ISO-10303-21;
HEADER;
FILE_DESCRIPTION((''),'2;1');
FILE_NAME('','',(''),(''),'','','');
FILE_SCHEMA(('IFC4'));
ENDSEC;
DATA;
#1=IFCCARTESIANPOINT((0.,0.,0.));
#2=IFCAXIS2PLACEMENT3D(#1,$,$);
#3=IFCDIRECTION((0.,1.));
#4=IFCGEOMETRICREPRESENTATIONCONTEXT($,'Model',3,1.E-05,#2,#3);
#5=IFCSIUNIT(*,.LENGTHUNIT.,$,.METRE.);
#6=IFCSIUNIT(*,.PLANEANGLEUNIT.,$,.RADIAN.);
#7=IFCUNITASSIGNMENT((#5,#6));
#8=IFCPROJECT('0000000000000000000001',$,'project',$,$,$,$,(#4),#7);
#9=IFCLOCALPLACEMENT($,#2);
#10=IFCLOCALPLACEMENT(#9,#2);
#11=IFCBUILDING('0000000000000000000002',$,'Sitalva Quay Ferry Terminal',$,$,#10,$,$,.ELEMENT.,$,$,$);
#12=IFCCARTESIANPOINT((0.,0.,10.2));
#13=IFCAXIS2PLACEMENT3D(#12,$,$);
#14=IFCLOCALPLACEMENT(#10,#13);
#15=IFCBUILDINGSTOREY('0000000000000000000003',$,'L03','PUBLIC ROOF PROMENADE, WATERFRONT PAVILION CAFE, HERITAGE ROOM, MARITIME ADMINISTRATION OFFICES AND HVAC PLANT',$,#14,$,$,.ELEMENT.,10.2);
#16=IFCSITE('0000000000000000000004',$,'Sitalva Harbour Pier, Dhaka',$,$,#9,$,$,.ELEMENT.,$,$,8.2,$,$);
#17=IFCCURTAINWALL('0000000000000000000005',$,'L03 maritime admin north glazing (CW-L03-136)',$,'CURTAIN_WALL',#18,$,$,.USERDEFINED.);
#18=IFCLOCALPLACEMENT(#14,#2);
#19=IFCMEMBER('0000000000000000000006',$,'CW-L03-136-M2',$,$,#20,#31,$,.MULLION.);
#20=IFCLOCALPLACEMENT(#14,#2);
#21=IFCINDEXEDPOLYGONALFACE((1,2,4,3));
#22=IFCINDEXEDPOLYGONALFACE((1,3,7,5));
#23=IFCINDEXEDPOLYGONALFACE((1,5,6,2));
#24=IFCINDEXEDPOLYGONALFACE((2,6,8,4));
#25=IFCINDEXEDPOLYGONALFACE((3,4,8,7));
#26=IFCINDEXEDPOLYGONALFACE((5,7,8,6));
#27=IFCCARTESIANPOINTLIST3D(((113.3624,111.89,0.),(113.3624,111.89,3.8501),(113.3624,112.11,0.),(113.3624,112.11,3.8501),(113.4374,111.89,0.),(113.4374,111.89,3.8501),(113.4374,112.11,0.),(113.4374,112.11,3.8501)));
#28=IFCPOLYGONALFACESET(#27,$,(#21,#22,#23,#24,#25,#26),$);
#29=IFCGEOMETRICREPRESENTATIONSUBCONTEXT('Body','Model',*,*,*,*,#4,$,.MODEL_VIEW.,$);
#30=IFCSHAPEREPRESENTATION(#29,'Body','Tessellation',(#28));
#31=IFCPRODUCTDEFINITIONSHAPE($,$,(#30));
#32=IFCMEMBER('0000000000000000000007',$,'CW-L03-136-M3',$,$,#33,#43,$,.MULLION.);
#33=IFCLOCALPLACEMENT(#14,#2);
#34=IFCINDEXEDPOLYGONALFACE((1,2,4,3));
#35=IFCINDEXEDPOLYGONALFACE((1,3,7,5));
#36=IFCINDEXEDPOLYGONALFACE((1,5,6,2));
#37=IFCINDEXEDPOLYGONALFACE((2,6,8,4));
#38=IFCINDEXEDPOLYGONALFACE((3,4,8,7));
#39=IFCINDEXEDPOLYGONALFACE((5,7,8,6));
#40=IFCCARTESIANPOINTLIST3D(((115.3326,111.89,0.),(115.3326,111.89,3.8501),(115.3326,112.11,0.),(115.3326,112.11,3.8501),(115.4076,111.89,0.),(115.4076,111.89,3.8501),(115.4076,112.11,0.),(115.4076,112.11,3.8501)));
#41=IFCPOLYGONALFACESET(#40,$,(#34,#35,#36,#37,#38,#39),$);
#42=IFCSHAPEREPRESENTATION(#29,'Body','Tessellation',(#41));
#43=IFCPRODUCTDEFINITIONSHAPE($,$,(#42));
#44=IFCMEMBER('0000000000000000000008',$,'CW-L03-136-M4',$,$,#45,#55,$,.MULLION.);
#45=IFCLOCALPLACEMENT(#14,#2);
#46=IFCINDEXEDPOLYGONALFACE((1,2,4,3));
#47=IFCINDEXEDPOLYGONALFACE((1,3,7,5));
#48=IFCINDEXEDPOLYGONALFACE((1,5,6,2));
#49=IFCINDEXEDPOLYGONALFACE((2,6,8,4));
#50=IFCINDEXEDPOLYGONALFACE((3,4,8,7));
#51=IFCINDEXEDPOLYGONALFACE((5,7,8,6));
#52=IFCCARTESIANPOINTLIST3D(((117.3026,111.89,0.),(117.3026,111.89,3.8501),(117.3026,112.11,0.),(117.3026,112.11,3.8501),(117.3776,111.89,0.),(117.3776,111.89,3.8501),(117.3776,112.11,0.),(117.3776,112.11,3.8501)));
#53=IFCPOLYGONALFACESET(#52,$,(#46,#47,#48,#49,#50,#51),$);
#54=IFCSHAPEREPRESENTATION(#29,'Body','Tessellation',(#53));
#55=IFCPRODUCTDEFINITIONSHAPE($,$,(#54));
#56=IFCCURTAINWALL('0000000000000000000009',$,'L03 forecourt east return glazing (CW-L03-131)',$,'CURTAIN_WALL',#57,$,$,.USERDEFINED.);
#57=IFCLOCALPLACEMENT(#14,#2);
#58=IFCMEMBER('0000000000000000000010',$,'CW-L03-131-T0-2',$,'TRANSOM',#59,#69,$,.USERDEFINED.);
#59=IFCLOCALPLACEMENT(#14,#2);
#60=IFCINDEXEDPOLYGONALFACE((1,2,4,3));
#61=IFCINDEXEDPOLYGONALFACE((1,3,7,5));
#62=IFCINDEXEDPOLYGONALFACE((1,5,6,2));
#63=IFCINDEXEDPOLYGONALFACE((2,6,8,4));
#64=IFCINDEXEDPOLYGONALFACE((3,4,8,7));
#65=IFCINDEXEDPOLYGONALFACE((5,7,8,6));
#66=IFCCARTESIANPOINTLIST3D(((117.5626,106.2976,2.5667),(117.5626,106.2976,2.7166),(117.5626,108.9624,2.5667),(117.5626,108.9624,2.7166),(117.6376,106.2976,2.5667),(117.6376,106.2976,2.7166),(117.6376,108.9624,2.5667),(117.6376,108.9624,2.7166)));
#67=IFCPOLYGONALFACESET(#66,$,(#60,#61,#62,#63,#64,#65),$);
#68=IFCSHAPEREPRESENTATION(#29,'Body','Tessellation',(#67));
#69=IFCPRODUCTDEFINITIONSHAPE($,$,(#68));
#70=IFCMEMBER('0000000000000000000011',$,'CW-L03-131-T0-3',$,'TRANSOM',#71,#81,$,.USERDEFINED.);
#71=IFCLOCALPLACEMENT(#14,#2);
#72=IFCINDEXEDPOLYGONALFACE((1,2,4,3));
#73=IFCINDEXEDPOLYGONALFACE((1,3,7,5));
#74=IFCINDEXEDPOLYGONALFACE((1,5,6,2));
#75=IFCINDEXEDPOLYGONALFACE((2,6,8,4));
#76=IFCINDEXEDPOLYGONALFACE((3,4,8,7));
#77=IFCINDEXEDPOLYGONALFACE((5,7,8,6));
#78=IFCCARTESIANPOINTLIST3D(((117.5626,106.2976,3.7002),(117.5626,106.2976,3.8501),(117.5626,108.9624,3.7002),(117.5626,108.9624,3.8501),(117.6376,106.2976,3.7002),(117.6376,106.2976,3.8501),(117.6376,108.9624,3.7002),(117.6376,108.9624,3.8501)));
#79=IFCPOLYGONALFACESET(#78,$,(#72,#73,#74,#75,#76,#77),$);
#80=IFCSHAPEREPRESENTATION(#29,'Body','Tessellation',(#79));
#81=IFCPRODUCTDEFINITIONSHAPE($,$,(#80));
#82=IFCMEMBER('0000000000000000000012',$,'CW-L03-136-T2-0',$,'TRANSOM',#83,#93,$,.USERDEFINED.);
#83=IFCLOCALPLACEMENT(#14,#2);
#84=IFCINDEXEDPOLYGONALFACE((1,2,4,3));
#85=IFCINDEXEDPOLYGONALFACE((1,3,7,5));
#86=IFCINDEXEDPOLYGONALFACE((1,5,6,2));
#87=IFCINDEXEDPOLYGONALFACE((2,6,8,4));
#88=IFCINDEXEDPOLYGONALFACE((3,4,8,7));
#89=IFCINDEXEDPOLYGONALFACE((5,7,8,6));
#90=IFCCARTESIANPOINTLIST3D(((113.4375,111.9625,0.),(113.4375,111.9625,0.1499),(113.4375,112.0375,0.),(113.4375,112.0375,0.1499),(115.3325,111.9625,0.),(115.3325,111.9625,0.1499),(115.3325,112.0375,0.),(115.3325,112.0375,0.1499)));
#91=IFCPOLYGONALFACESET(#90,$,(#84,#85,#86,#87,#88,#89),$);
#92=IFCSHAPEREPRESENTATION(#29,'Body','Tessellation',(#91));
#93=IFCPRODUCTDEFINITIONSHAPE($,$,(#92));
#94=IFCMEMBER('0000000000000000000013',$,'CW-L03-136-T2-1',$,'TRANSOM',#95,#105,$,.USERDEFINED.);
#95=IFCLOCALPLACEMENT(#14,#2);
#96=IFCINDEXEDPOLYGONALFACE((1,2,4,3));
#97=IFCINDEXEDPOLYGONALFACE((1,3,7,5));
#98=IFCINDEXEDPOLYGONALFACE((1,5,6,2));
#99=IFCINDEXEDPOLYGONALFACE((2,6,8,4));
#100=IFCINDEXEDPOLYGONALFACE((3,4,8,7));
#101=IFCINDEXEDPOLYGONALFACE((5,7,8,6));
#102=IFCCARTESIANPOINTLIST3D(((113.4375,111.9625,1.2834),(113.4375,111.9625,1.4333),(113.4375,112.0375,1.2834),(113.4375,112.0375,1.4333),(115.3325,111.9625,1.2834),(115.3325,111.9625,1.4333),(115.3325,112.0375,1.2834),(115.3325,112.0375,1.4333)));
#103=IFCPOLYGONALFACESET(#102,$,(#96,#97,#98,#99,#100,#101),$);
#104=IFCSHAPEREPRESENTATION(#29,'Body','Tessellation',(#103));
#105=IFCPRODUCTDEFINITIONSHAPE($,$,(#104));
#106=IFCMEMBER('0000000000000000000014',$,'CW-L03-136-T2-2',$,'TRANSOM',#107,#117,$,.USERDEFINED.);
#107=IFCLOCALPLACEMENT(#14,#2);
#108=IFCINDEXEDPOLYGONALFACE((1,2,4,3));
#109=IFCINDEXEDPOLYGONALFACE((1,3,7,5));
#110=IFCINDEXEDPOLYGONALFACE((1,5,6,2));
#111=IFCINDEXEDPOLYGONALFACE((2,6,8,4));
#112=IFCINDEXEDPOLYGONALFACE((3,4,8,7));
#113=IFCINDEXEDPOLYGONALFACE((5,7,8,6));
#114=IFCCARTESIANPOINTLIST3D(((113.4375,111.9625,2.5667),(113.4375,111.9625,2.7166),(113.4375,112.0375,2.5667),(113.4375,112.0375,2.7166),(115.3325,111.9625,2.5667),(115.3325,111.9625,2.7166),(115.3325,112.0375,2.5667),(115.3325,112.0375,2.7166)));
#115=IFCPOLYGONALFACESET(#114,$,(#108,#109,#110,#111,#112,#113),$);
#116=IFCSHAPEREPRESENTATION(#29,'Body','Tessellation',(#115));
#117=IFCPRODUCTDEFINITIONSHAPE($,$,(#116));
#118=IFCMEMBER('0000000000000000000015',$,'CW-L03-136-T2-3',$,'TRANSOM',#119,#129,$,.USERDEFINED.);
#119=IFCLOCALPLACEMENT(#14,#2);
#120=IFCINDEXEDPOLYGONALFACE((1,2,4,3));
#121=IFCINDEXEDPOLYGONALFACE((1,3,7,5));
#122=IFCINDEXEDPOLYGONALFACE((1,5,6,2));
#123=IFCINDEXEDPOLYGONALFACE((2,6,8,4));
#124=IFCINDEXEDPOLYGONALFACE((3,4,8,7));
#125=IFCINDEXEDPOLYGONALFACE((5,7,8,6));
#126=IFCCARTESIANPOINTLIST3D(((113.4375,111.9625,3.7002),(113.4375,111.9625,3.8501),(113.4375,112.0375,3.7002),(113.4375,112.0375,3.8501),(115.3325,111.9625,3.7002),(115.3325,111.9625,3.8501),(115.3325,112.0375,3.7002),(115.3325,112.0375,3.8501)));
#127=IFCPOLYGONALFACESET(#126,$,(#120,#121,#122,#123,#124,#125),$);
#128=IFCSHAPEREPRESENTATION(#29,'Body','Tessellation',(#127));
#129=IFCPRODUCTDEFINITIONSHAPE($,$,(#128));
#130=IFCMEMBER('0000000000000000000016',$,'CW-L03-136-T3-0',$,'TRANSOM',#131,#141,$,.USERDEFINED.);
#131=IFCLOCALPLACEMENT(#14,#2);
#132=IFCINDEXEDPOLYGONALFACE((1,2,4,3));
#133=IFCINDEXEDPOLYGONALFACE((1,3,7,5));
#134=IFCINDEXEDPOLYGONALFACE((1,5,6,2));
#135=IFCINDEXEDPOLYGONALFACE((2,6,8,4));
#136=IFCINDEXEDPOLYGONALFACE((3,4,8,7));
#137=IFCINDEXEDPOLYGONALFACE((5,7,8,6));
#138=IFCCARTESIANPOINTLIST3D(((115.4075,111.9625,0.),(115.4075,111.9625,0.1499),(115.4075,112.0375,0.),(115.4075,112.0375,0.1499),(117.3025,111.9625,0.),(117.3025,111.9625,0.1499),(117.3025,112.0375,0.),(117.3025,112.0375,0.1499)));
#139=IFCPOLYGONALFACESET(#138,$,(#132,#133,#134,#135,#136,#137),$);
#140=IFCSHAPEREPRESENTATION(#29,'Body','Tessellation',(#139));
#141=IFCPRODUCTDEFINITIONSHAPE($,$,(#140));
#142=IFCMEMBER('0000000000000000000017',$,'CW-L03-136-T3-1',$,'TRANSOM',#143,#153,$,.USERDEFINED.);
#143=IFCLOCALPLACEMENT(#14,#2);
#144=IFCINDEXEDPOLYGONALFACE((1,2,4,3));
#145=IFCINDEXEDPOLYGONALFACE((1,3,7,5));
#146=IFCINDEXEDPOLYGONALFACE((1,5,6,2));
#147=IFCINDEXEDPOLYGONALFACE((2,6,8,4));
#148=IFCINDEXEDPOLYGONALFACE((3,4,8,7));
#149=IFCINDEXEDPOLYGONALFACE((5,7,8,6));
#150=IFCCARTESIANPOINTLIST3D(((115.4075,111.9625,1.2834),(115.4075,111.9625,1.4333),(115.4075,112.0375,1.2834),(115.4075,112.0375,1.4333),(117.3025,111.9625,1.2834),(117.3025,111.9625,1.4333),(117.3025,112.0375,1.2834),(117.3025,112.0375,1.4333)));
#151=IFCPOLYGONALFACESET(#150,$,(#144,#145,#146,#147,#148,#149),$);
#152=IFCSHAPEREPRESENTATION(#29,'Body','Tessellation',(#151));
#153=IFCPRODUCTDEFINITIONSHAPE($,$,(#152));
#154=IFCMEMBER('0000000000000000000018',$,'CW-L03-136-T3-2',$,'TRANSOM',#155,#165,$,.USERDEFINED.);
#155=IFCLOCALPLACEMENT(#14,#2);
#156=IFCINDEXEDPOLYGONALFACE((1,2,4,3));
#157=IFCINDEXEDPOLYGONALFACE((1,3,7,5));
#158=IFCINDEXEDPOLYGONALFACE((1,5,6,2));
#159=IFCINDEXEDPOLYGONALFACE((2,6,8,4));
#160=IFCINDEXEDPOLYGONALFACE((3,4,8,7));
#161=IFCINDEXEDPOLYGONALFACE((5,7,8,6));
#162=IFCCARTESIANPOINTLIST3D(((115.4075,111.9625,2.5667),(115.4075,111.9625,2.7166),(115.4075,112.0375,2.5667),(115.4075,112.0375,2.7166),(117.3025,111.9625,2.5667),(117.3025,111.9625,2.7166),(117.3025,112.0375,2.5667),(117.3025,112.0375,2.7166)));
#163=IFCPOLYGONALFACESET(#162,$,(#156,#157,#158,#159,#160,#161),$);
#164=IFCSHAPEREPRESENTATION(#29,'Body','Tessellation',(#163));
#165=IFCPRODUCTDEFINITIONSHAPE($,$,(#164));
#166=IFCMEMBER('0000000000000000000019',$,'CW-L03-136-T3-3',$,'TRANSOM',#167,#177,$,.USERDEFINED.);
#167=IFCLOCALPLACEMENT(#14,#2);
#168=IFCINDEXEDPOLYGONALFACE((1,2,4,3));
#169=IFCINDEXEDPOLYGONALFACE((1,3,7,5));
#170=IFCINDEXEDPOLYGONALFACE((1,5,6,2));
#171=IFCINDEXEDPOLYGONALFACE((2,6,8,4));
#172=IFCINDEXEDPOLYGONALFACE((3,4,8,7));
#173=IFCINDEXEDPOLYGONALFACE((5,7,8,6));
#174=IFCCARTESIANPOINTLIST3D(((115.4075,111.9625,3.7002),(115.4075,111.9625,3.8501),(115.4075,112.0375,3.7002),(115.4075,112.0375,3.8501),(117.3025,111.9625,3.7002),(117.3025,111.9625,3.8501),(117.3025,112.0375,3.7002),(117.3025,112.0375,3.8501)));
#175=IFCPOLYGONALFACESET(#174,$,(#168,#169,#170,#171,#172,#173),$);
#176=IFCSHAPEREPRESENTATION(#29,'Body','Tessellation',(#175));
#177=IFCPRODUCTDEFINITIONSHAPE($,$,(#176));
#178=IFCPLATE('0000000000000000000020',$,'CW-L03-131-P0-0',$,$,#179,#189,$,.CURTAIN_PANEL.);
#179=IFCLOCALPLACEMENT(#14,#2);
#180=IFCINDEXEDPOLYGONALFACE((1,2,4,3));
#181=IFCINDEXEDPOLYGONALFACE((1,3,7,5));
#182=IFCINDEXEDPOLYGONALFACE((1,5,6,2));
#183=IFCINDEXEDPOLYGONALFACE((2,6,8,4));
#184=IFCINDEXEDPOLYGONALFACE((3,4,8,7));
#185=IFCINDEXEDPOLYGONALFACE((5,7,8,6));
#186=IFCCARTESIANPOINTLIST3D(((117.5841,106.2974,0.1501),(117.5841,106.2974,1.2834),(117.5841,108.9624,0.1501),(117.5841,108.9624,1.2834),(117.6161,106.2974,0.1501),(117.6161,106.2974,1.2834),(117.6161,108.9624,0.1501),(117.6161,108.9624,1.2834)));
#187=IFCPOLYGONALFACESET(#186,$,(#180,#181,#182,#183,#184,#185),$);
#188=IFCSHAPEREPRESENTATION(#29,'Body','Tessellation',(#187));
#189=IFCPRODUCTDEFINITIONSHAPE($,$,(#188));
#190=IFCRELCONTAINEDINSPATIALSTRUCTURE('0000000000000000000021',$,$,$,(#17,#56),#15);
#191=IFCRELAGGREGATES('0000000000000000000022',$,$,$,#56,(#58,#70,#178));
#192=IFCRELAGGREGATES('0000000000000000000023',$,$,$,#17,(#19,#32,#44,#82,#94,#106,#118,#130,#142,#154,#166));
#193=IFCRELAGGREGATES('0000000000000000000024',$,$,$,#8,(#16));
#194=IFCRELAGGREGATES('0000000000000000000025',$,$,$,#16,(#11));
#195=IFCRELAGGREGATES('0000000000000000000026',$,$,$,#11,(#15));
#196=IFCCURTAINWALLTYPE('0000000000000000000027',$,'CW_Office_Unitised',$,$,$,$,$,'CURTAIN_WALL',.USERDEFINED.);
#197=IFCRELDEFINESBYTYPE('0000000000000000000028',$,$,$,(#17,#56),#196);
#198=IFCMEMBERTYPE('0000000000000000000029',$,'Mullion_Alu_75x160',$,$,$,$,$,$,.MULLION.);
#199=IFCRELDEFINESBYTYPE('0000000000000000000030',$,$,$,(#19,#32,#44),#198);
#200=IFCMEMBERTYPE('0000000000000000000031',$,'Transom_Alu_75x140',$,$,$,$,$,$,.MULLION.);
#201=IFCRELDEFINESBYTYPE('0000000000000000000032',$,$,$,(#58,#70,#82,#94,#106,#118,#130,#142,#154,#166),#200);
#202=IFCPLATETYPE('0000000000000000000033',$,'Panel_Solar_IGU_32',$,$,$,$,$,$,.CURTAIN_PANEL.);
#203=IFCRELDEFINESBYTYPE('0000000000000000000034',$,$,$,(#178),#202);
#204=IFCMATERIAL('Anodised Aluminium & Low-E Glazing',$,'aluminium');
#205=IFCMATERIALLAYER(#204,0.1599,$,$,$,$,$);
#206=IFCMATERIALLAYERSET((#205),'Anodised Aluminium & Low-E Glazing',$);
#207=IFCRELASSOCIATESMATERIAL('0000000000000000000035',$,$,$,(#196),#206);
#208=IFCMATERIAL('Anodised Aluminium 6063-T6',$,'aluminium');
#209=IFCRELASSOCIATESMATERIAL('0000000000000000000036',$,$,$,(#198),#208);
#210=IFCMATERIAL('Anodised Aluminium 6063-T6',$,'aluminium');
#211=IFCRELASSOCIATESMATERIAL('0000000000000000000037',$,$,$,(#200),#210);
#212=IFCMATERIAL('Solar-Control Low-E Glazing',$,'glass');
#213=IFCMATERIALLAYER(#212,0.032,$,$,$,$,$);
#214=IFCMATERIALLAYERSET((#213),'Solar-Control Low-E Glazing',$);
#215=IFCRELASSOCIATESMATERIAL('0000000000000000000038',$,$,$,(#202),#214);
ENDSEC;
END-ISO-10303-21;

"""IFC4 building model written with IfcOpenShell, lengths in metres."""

from ifc_helpers import new_model, si_unit, direction, frame, origin, origin_2d, place, context, subcontext, project, spatial, rectangle, extrude, material, layer, layer_set, material_profile, profile_set, type_object, element, aggregate, save


model = new_model("IFC4")

# Units and contexts
model_context = context("Model", 3, precision=1e-05, world=origin(), true_north=direction((0.0, 1.0)))
body_context = subcontext(model_context, "Body", "Model", "MODEL_VIEW")
ifc_project = project(units=[si_unit("LENGTHUNIT", "METRE"), si_unit("PLANEANGLEUNIT", "RADIAN")], contexts=[model_context])

# Site, building, storey
site_placement = place(None, origin())
site = spatial("IfcSite", under=ifc_project, at=site_placement, Name="Sitalva Harbour Pier, Dhaka", CompositionType="ELEMENT", RefElevation=8.2)
building_placement = place(site_placement, origin())
building = spatial("IfcBuilding", under=site, at=building_placement, Name="Sitalva Quay Ferry Terminal", CompositionType="ELEMENT")
storey_placement = place(building_placement, frame((0.0, 0.0, 10.2)))
storey = spatial("IfcBuildingStorey", under=building, at=storey_placement, Name="L03", Description="PUBLIC ROOF PROMENADE, WATERFRONT PAVILION CAFE, HERITAGE ROOM, MARITIME ADMINISTRATION OFFICES AND HVAC PLANT", CompositionType="ELEMENT", Elevation=10.2)

# Curtain walls, members
ifc_material_1 = material(Name="Anodised Aluminium & Low-E Glazing", Category="aluminium")
ifc_layer_1 = layer(ifc_material_1, 0.1599)
ifc_layer_set_1 = layer_set([ifc_layer_1], Name="Anodised Aluminium & Low-E Glazing")
curtain_wall_type = type_object("IfcCurtainWallType", Name="CW_Office_Unitised", ElementType="CURTAIN_WALL", PredefinedType="USERDEFINED", material=ifc_layer_set_1)
curtain_wall_1_placement = place(storey_placement, origin())
curtain_wall_1 = element("IfcCurtainWall", 1, at=curtain_wall_1_placement, inside=storey, type_object=curtain_wall_type, Name="L03 maritime admin north glazing (CW-L03-136)", ObjectType="CURTAIN_WALL", PredefinedType="USERDEFINED")
ifc_material_2 = material(Name="Anodised Aluminium 6063-T6", Category="aluminium")
ifc_material_profile_1 = material_profile(ifc_material_2, rectangle(XDim=0.075, YDim=0.22, at=origin_2d()), Name="ALU75x220")
ifc_profile_set_1 = profile_set([ifc_material_profile_1], Name="Anodised Aluminium 6063-T6")
member_type_1 = type_object("IfcMemberType", Name="Mullion_Alu_75x160", PredefinedType="MULLION", material=ifc_profile_set_1)
member_1_placement = place(storey_placement, frame((113.3999, 112.0, 0.0), z_axis=(0.0, 0.0, 1.0), x_axis=(1.0, 0.0, 0.0)))
member_1 = element("IfcMember", 2, at=member_1_placement, type_object=member_type_1, Name="CW-L03-136-M2", PredefinedType="MULLION", context=body_context, shape_type="SweptSolid", body=[
    extrude(rectangle(XDim=0.075, YDim=0.22, at=origin_2d()), origin(), (0.0, 0.0, 1.0), 3.8501),
])
member_2_placement = place(storey_placement, frame((115.3701, 112.0, 0.0), z_axis=(0.0, 0.0, 1.0), x_axis=(1.0, 0.0, 0.0)))
member_2 = element("IfcMember", 3, at=member_2_placement, type_object=member_type_1, Name="CW-L03-136-M3", PredefinedType="MULLION", context=body_context, shape_type="SweptSolid", body=[
    extrude(rectangle(XDim=0.075, YDim=0.22, at=origin_2d()), origin(), (0.0, 0.0, 1.0), 3.8501),
])
member_3_placement = place(storey_placement, frame((117.3401, 112.0, 0.0), z_axis=(0.0, 0.0, 1.0), x_axis=(1.0, 0.0, 0.0)))
member_3 = element("IfcMember", 4, at=member_3_placement, type_object=member_type_1, Name="CW-L03-136-M4", PredefinedType="MULLION", context=body_context, shape_type="SweptSolid", body=[
    extrude(rectangle(XDim=0.075, YDim=0.22, at=origin_2d()), origin(), (0.0, 0.0, 1.0), 3.8501),
])
curtain_wall_2_placement = place(storey_placement, origin())
curtain_wall_2 = element("IfcCurtainWall", 5, at=curtain_wall_2_placement, inside=storey, type_object=curtain_wall_type, Name="L03 forecourt east return glazing (CW-L03-131)", ObjectType="CURTAIN_WALL", PredefinedType="USERDEFINED")
ifc_material_3 = material(Name="Anodised Aluminium 6063-T6", Category="aluminium")
ifc_material_profile_2 = material_profile(ifc_material_3, rectangle(XDim=0.075, YDim=0.1499, at=origin_2d()), Name="ALU75x150")
ifc_profile_set_2 = profile_set([ifc_material_profile_2], Name="Anodised Aluminium 6063-T6")
member_type_2 = type_object("IfcMemberType", Name="Transom_Alu_75x140", PredefinedType="MULLION", material=ifc_profile_set_2)
member_4_placement = place(storey_placement, frame((117.6001, 106.2976, 2.6416), z_axis=(0.0, 1.0, 0.0), x_axis=(-1.0, 0.0, 0.0)))
member_4 = element("IfcMember", 6, at=member_4_placement, type_object=member_type_2, Name="CW-L03-131-T0-2", ObjectType="TRANSOM", PredefinedType="USERDEFINED", context=body_context, shape_type="SweptSolid", body=[
    extrude(rectangle(XDim=0.075, YDim=0.1499, at=origin_2d()), origin(), (0.0, 0.0, 1.0), 2.6648),
])
member_5_placement = place(storey_placement, frame((117.6001, 106.2976, 3.7751), z_axis=(0.0, 1.0, 0.0), x_axis=(-1.0, 0.0, 0.0)))
member_5 = element("IfcMember", 7, at=member_5_placement, type_object=member_type_2, Name="CW-L03-131-T0-3", ObjectType="TRANSOM", PredefinedType="USERDEFINED", context=body_context, shape_type="SweptSolid", body=[
    extrude(rectangle(XDim=0.075, YDim=0.1499, at=origin_2d()), origin(), (0.0, 0.0, 1.0), 2.6648),
])

# Members
member_6_placement = place(storey_placement, frame((113.4375, 112.0, 0.075), z_axis=(1.0, 0.0, 0.0), x_axis=(0.0, 1.0, 0.0)))
member_6 = element("IfcMember", 8, at=member_6_placement, type_object=member_type_2, Name="CW-L03-136-T2-0", ObjectType="TRANSOM", PredefinedType="USERDEFINED", context=body_context, shape_type="SweptSolid", body=[
    extrude(rectangle(XDim=0.075, YDim=0.1499, at=origin_2d()), origin(), (0.0, 0.0, 1.0), 1.895),
])
member_7_placement = place(storey_placement, frame((113.4375, 112.0, 1.3584), z_axis=(1.0, 0.0, 0.0), x_axis=(0.0, 1.0, 0.0)))
member_7 = element("IfcMember", 9, at=member_7_placement, type_object=member_type_2, Name="CW-L03-136-T2-1", ObjectType="TRANSOM", PredefinedType="USERDEFINED", context=body_context, shape_type="SweptSolid", body=[
    extrude(rectangle(XDim=0.075, YDim=0.1499, at=origin_2d()), origin(), (0.0, 0.0, 1.0), 1.895),
])
member_8_placement = place(storey_placement, frame((113.4375, 112.0, 2.6416), z_axis=(1.0, 0.0, 0.0), x_axis=(0.0, 1.0, 0.0)))
member_8 = element("IfcMember", 10, at=member_8_placement, type_object=member_type_2, Name="CW-L03-136-T2-2", ObjectType="TRANSOM", PredefinedType="USERDEFINED", context=body_context, shape_type="SweptSolid", body=[
    extrude(rectangle(XDim=0.075, YDim=0.1499, at=origin_2d()), origin(), (0.0, 0.0, 1.0), 1.895),
])
member_9_placement = place(storey_placement, frame((113.4375, 112.0, 3.7751), z_axis=(1.0, 0.0, 0.0), x_axis=(0.0, 1.0, 0.0)))
member_9 = element("IfcMember", 11, at=member_9_placement, type_object=member_type_2, Name="CW-L03-136-T2-3", ObjectType="TRANSOM", PredefinedType="USERDEFINED", context=body_context, shape_type="SweptSolid", body=[
    extrude(rectangle(XDim=0.075, YDim=0.1499, at=origin_2d()), origin(), (0.0, 0.0, 1.0), 1.895),
])
member_10_placement = place(storey_placement, frame((115.4075, 112.0, 0.075), z_axis=(1.0, 0.0, 0.0), x_axis=(0.0, 1.0, 0.0)))
member_10 = element("IfcMember", 12, at=member_10_placement, type_object=member_type_2, Name="CW-L03-136-T3-0", ObjectType="TRANSOM", PredefinedType="USERDEFINED", context=body_context, shape_type="SweptSolid", body=[
    extrude(rectangle(XDim=0.075, YDim=0.1499, at=origin_2d()), origin(), (0.0, 0.0, 1.0), 1.895),
])
member_11_placement = place(storey_placement, frame((115.4075, 112.0, 1.3584), z_axis=(1.0, 0.0, 0.0), x_axis=(0.0, 1.0, 0.0)))
member_11 = element("IfcMember", 13, at=member_11_placement, type_object=member_type_2, Name="CW-L03-136-T3-1", ObjectType="TRANSOM", PredefinedType="USERDEFINED", context=body_context, shape_type="SweptSolid", body=[
    extrude(rectangle(XDim=0.075, YDim=0.1499, at=origin_2d()), origin(), (0.0, 0.0, 1.0), 1.895),
])
member_12_placement = place(storey_placement, frame((115.4075, 112.0, 2.6416), z_axis=(1.0, 0.0, 0.0), x_axis=(0.0, 1.0, 0.0)))
member_12 = element("IfcMember", 14, at=member_12_placement, type_object=member_type_2, Name="CW-L03-136-T3-2", ObjectType="TRANSOM", PredefinedType="USERDEFINED", context=body_context, shape_type="SweptSolid", body=[
    extrude(rectangle(XDim=0.075, YDim=0.1499, at=origin_2d()), origin(), (0.0, 0.0, 1.0), 1.895),
])
member_13_placement = place(storey_placement, frame((115.4075, 112.0, 3.7751), z_axis=(1.0, 0.0, 0.0), x_axis=(0.0, 1.0, 0.0)))
member_13 = element("IfcMember", 15, at=member_13_placement, type_object=member_type_2, Name="CW-L03-136-T3-3", ObjectType="TRANSOM", PredefinedType="USERDEFINED", context=body_context, shape_type="SweptSolid", body=[
    extrude(rectangle(XDim=0.075, YDim=0.1499, at=origin_2d()), origin(), (0.0, 0.0, 1.0), 1.895),
])

# Plate
ifc_material_4 = material(Name="Solar-Control Low-E Glazing", Category="glass")
ifc_layer_2 = layer(ifc_material_4, 0.032)
ifc_layer_set_2 = layer_set([ifc_layer_2], Name="Solar-Control Low-E Glazing")
plate_type_1 = type_object("IfcPlateType", Name="Panel_Solar_IGU_32", PredefinedType="CURTAIN_PANEL", material=ifc_layer_set_2)
plate_1_placement = place(storey_placement, frame((117.6001, 107.6299, 0.1501), z_axis=(0.0, 0.0, 1.0), x_axis=(0.0, 1.0, 0.0)))
plate_1 = element("IfcPlate", 16, at=plate_1_placement, type_object=plate_type_1, Name="CW-L03-131-P0-0", PredefinedType="CURTAIN_PANEL", context=body_context, shape_type="SweptSolid", body=[
    extrude(rectangle(XDim=2.665, YDim=0.032, at=origin_2d()), origin(), (0.0, 0.0, 1.0), 1.1333),
])
aggregate(curtain_wall_2, [member_4, member_5, plate_1])
aggregate(curtain_wall_1, [member_1, member_2, member_3, member_6, member_7, member_8, member_9, member_10, member_11, member_12, member_13])

save(model, "model.ifc")
